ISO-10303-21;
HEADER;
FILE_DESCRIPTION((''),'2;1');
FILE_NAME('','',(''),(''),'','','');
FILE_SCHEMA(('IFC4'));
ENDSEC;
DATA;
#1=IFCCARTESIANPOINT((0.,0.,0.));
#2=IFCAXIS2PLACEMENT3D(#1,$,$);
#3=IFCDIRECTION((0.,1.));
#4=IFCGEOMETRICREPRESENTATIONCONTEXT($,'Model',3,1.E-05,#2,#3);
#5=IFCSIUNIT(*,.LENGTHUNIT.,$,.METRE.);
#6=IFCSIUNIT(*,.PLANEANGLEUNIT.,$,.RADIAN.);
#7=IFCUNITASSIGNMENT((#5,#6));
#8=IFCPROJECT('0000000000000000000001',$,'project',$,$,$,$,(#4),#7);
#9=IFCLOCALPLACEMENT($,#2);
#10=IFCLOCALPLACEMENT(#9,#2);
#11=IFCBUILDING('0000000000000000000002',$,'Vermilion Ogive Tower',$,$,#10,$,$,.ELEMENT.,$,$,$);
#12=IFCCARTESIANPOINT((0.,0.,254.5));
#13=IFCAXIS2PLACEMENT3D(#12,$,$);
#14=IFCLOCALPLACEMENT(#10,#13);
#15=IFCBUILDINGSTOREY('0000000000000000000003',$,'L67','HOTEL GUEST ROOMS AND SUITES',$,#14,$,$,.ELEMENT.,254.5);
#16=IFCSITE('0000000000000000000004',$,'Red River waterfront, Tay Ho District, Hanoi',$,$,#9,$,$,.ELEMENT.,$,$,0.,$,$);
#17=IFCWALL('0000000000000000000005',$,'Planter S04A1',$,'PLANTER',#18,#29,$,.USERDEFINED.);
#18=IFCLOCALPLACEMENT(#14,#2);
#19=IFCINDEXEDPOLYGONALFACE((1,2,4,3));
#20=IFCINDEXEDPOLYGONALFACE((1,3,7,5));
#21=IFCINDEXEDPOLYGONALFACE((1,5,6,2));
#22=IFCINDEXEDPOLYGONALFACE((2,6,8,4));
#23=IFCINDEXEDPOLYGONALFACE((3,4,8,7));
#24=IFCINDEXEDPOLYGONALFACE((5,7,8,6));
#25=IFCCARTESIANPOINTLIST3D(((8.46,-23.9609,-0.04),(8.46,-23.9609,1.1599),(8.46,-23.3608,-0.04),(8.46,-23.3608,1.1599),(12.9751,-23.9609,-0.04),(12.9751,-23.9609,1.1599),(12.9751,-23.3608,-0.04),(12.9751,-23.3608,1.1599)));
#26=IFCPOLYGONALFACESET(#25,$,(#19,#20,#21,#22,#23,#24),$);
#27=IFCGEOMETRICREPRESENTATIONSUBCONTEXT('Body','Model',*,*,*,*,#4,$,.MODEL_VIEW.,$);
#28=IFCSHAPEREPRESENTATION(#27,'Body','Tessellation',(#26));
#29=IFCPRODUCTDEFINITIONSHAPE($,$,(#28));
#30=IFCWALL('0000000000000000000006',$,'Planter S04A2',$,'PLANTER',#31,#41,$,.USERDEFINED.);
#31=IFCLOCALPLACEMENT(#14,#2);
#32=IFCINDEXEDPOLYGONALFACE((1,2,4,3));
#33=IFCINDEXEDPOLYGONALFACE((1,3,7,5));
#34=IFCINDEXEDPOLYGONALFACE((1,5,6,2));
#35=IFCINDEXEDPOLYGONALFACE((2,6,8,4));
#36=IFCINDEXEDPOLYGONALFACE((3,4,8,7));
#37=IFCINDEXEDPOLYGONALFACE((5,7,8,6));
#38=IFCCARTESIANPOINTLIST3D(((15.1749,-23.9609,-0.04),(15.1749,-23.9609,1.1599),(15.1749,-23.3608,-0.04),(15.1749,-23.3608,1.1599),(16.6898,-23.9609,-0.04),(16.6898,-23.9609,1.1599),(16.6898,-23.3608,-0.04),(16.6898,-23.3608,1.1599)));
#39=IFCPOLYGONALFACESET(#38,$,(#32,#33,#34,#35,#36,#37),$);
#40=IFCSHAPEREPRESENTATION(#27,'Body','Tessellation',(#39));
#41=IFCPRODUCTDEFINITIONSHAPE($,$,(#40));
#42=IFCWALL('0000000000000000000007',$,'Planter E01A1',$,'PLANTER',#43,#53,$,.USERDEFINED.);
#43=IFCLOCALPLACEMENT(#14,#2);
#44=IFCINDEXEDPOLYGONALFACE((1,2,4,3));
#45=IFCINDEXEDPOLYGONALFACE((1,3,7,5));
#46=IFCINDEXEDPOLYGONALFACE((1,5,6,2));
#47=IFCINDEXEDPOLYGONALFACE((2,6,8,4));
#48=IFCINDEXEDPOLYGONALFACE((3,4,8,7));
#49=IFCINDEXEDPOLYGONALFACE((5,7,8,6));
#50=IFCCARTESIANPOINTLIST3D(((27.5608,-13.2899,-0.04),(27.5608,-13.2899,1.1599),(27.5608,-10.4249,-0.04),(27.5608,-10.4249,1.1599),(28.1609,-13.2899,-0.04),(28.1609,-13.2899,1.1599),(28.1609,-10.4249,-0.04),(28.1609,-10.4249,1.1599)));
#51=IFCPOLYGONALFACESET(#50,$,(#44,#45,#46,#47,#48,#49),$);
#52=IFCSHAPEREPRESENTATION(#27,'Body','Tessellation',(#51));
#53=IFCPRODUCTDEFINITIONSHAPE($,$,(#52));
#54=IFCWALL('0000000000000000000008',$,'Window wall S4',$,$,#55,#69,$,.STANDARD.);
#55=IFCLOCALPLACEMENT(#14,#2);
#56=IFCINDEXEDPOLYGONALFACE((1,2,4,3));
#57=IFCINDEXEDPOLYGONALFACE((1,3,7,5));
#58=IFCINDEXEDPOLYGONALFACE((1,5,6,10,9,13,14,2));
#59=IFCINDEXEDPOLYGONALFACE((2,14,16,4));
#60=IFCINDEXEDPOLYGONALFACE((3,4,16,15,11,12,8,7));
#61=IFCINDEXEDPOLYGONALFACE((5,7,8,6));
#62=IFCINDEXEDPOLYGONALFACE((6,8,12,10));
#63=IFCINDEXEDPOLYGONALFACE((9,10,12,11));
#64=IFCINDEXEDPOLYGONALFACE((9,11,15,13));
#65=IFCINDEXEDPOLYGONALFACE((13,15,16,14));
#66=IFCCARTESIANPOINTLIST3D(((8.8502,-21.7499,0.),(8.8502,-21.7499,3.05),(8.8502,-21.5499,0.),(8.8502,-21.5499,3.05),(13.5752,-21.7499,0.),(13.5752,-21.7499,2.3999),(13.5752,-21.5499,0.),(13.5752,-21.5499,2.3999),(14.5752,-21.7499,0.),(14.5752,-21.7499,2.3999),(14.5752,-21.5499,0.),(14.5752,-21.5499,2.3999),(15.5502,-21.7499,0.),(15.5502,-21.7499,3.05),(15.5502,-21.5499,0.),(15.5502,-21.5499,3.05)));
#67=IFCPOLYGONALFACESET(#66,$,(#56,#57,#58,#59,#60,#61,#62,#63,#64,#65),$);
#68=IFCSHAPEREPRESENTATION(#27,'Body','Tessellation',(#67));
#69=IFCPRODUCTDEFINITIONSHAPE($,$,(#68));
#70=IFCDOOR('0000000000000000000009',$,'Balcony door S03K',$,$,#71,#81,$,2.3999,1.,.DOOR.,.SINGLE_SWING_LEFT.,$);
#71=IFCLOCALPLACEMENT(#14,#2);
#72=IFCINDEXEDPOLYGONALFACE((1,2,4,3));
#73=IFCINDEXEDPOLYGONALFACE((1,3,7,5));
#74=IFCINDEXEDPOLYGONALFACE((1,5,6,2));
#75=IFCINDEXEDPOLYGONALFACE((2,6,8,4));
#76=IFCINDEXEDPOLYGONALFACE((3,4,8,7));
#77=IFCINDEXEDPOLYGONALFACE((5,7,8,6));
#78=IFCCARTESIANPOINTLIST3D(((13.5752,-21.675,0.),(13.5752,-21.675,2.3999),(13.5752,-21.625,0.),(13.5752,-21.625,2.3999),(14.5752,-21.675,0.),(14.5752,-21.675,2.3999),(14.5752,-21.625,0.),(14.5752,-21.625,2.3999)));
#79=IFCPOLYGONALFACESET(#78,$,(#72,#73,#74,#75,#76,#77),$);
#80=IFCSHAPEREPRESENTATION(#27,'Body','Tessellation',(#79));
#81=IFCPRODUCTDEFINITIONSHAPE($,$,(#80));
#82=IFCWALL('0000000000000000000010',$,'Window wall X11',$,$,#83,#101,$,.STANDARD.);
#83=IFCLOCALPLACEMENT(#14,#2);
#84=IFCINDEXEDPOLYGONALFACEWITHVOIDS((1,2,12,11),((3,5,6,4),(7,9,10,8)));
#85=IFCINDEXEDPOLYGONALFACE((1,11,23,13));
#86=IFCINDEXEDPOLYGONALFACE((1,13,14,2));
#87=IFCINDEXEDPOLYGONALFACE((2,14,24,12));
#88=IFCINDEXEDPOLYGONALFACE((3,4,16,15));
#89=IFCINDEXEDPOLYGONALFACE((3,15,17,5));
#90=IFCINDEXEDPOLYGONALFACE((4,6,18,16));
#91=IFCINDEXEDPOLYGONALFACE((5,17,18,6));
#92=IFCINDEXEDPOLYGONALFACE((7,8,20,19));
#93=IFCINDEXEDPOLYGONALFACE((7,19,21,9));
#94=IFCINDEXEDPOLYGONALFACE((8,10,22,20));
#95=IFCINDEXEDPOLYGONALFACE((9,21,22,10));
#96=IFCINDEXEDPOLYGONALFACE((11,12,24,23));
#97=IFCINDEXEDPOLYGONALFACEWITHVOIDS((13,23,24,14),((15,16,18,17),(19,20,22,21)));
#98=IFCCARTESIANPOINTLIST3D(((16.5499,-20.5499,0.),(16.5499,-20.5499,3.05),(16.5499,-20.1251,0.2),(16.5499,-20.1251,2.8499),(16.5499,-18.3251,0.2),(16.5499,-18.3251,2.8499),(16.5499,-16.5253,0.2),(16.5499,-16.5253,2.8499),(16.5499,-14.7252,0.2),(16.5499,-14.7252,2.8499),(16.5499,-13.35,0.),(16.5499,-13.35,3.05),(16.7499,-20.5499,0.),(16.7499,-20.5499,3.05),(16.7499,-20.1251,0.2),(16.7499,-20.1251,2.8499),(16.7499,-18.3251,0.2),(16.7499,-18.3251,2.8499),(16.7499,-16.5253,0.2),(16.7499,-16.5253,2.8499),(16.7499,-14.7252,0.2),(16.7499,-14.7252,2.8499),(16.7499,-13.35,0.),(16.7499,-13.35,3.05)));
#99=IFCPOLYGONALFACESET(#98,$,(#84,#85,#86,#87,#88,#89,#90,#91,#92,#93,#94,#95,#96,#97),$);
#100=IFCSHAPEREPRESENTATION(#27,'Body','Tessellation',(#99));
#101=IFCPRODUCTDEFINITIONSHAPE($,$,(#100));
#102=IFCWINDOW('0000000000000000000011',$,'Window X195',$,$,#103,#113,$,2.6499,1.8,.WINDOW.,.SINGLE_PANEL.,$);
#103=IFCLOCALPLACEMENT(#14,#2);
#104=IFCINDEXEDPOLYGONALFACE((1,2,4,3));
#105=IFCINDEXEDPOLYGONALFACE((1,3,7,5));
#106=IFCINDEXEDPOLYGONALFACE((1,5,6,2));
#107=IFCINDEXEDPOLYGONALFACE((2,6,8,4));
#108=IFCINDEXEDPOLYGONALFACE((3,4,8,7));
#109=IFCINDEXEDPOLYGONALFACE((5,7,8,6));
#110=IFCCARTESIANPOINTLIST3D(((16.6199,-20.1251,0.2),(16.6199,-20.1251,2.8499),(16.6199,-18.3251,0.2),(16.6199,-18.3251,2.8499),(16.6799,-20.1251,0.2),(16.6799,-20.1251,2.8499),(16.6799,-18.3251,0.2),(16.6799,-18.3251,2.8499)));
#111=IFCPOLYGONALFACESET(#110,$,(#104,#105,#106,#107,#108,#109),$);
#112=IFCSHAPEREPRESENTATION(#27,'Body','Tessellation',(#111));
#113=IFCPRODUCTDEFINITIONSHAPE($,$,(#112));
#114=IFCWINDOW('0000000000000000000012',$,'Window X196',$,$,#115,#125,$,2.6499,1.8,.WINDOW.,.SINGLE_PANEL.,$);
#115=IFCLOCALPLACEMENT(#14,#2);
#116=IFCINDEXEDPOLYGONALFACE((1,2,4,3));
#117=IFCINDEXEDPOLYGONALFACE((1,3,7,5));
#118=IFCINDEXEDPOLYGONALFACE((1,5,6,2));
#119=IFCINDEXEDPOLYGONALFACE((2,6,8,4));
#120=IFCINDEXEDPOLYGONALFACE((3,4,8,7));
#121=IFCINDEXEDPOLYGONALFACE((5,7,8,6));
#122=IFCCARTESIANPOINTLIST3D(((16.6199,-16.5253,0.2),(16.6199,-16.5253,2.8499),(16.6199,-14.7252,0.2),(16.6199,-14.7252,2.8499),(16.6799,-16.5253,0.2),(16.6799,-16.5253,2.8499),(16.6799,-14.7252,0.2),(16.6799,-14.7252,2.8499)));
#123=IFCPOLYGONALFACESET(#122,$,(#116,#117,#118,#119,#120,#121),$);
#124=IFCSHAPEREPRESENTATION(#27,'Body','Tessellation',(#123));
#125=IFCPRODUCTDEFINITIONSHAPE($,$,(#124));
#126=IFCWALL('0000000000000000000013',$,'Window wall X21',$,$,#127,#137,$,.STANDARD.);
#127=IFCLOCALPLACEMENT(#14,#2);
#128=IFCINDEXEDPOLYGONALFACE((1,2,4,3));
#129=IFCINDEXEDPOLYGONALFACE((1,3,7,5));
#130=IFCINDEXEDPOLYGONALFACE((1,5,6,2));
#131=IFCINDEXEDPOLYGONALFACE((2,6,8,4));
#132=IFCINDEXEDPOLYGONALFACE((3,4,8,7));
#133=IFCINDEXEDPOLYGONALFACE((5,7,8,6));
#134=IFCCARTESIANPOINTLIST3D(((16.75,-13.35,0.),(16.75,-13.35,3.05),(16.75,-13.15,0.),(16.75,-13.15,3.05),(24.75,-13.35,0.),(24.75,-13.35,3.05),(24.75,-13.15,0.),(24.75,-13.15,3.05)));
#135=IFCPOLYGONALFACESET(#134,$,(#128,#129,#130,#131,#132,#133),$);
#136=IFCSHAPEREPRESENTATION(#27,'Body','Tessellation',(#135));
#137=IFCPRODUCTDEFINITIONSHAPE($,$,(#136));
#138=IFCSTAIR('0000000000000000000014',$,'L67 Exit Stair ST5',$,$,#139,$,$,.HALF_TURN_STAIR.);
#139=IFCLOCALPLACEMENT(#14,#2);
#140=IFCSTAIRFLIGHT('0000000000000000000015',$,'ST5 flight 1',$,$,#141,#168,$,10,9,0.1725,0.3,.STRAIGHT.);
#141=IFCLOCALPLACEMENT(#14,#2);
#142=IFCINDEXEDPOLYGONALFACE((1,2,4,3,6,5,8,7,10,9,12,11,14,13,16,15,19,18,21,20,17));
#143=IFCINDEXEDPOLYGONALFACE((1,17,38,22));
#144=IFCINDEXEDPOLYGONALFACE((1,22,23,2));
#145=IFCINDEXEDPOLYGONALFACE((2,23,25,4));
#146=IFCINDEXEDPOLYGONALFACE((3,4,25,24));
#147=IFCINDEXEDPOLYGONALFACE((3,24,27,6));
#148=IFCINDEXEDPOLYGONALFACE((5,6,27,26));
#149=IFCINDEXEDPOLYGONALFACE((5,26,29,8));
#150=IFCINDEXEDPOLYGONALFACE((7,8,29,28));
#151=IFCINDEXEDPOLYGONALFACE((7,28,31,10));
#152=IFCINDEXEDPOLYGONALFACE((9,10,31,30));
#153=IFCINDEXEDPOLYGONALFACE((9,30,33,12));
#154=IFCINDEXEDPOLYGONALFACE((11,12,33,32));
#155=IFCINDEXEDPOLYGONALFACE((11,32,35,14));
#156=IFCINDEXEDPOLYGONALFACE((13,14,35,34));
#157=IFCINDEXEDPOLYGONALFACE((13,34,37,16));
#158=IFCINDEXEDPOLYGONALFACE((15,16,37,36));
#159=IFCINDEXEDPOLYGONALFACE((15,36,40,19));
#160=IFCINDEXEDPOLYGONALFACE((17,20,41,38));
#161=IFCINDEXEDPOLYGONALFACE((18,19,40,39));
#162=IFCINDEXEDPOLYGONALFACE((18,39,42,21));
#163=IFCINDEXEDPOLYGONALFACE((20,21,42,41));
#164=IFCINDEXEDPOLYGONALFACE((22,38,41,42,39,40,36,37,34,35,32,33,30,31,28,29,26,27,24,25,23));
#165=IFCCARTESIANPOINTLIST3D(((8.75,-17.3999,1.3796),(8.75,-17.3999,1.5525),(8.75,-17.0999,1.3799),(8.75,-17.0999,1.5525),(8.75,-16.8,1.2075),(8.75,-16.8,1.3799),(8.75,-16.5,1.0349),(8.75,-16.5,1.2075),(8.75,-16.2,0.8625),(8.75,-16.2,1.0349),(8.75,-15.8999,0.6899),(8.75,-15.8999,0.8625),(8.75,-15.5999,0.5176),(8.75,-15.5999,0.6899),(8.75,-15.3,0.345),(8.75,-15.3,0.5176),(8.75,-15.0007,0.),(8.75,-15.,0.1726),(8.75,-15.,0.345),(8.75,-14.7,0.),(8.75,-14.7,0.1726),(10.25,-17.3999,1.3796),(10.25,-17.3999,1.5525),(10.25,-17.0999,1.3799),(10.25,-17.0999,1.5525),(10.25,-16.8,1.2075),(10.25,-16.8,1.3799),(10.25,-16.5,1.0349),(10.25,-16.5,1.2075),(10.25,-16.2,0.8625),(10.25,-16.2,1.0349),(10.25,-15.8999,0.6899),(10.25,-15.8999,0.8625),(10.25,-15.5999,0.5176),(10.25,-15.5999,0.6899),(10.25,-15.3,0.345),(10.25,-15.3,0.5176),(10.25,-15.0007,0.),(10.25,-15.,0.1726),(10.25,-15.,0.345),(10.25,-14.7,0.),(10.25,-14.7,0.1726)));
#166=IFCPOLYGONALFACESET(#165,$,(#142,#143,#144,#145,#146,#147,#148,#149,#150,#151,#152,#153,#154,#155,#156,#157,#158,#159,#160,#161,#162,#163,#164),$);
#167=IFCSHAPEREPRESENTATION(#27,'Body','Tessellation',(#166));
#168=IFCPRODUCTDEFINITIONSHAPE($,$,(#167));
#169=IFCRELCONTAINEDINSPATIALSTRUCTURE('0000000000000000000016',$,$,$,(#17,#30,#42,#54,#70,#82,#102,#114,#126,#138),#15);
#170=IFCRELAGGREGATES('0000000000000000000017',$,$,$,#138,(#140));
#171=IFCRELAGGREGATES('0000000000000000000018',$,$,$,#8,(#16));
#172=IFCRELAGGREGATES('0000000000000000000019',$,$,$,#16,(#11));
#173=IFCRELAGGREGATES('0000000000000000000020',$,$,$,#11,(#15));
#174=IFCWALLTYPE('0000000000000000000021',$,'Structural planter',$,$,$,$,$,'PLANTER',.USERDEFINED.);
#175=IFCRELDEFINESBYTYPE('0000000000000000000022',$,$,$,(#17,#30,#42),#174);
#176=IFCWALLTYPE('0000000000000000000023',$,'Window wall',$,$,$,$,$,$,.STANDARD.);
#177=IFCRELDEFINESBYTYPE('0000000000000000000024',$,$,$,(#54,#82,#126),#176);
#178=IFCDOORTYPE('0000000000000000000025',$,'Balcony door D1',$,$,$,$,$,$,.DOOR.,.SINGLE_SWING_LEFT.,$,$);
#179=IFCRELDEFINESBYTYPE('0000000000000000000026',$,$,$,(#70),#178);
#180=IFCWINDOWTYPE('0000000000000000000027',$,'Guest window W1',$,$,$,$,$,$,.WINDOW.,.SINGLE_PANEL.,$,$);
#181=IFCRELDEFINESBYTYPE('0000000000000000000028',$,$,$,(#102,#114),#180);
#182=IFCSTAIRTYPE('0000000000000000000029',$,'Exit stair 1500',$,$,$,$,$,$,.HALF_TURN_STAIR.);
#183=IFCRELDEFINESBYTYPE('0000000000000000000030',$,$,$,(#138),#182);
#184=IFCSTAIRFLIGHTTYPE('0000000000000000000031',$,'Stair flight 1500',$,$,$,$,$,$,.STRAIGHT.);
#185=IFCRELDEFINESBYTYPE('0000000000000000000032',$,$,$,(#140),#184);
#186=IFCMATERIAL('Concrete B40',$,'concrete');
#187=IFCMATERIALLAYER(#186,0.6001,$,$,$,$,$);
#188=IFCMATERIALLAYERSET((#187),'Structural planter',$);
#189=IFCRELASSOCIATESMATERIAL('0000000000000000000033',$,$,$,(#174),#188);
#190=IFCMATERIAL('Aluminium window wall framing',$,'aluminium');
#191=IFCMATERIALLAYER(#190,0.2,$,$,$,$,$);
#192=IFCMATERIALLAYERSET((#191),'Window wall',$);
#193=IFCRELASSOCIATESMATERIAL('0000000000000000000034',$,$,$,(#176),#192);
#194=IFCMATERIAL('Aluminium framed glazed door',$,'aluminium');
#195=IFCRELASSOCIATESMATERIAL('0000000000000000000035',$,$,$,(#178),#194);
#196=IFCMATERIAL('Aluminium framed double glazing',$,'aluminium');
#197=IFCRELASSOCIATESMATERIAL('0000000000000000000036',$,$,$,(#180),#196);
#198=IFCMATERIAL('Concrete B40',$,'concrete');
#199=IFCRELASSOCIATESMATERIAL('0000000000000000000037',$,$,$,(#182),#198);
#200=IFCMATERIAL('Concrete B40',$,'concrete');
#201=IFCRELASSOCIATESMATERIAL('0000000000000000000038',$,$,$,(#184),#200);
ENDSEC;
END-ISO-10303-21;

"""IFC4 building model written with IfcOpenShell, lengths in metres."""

from ifc_helpers import new_model, si_unit, direction, frame, frame_2d, origin, place, context, subcontext, project, spatial, polyline, rectangle, outline, extrude, material, layer, layer_set, type_object, element, fill, aggregate, save


model = new_model("IFC4")

# Units and contexts
model_context = context("Model", 3, precision=1e-05, world=origin(), true_north=direction((0.0, 1.0)))
body_context = subcontext(model_context, "Body", "Model", "MODEL_VIEW")
ifc_project = project(units=[si_unit("LENGTHUNIT", "METRE"), si_unit("PLANEANGLEUNIT", "RADIAN")], contexts=[model_context])

# Site, building, storey
site_placement = place(None, origin())
site = spatial("IfcSite", under=ifc_project, at=site_placement, Name="Red River waterfront, Tay Ho District, Hanoi", CompositionType="ELEMENT", RefElevation=0.0)
building_placement = place(site_placement, origin())
building = spatial("IfcBuilding", under=site, at=building_placement, Name="Vermilion Ogive Tower", CompositionType="ELEMENT")
storey_placement = place(building_placement, frame((0.0, 0.0, 254.5)))
storey = spatial("IfcBuildingStorey", under=building, at=storey_placement, Name="L67", Description="HOTEL GUEST ROOMS AND SUITES", CompositionType="ELEMENT", Elevation=254.5)

# Walls
ifc_material_1 = material(Name="Concrete B40", Category="concrete")
ifc_layer_1 = layer(ifc_material_1, 0.6001)
ifc_layer_set_1 = layer_set([ifc_layer_1], Name="Structural planter")
wall_type_1 = type_object("IfcWallType", Name="Structural planter", ElementType="PLANTER", PredefinedType="USERDEFINED", material=ifc_layer_set_1)
wall_1_placement = place(storey_placement, frame((8.46, -23.6609, -0.04), z_axis=(0.0, 0.0, 1.0), x_axis=(1.0, 0.0, 0.0)))
element("IfcWall", 1, at=wall_1_placement, inside=storey, type_object=wall_type_1, Name="Planter S04A1", ObjectType="PLANTER", PredefinedType="USERDEFINED", context=body_context, shape_type="SweptSolid", body=[
    extrude(rectangle(XDim=4.5151, YDim=0.6001, at=frame_2d((2.2576, 0.0))), origin(), (0.0, 0.0, 1.0), 1.2),
])
wall_2_placement = place(storey_placement, frame((15.175, -23.6609, -0.04), z_axis=(0.0, 0.0, 1.0), x_axis=(1.0, 0.0, 0.0)))
element("IfcWall", 2, at=wall_2_placement, inside=storey, type_object=wall_type_1, Name="Planter S04A2", ObjectType="PLANTER", PredefinedType="USERDEFINED", context=body_context, shape_type="SweptSolid", body=[
    extrude(rectangle(XDim=1.5149, YDim=0.6001, at=frame_2d((0.7573, 0.0))), origin(), (0.0, 0.0, 1.0), 1.2),
])
wall_3_placement = place(storey_placement, frame((27.8608, -13.29, -0.04), z_axis=(0.0, 0.0, 1.0), x_axis=(0.0, 1.0, 0.0)))
element("IfcWall", 3, at=wall_3_placement, inside=storey, type_object=wall_type_1, Name="Planter E01A1", ObjectType="PLANTER", PredefinedType="USERDEFINED", context=body_context, shape_type="SweptSolid", body=[
    extrude(rectangle(XDim=2.865, YDim=0.6001, at=frame_2d((1.4326, 0.0))), origin(), (0.0, 0.0, 1.0), 1.2),
])

# Wall, opening, door
ifc_material_2 = material(Name="Aluminium window wall framing", Category="aluminium")
ifc_layer_2 = layer(ifc_material_2, 0.2)
ifc_layer_set_2 = layer_set([ifc_layer_2], Name="Window wall")
wall_type_2 = type_object("IfcWallType", Name="Window wall", PredefinedType="STANDARD", material=ifc_layer_set_2)
wall_4_placement = place(storey_placement, frame((8.8501, -21.6499, 0.0), z_axis=(0.0, 0.0, 1.0), x_axis=(1.0, 0.0, 0.0)))
wall_4 = element("IfcWall", 4, at=wall_4_placement, inside=storey, type_object=wall_type_2, Name="Window wall S4", PredefinedType="STANDARD", context=body_context, shape_type="SweptSolid", body=[
    extrude(rectangle(XDim=6.7, YDim=0.2, at=frame_2d((3.3501, 0.0))), origin(), (0.0, 0.0, 1.0), 3.05),
])
opening_1_placement = place(wall_4_placement, frame((4.7251, 0.0, 0.0)))
opening_1 = element("IfcOpeningElement", 5, at=opening_1_placement, cuts=wall_4, PredefinedType="OPENING", context=body_context, shape_type="SweptSolid", body=[
    extrude(rectangle(XDim=1.0, YDim=2.3999, at=frame_2d((0.5, 1.2))), frame((0.0, 0.1099, 0.0), z_axis=(0.0, -1.0, 0.0), x_axis=(1.0, 0.0, 0.0)), (0.0, 0.0, 1.0), 0.22),
])
ifc_material_3 = material(Name="Aluminium framed glazed door", Category="aluminium")
door_type_1 = type_object("IfcDoorType", Name="Balcony door D1", OperationType="SINGLE_SWING_LEFT", PredefinedType="DOOR", material=ifc_material_3)
door_1_placement = place(opening_1_placement, origin())
door_1 = element("IfcDoor", 6, at=door_1_placement, inside=storey, type_object=door_type_1, Name="Balcony door S03K", OperationType="SINGLE_SWING_LEFT", OverallHeight=2.3999, OverallWidth=1.0, PredefinedType="DOOR", context=body_context, shape_type="SweptSolid", body=[
    extrude(rectangle(XDim=1.0, YDim=2.3999, at=frame_2d((0.5, 1.2))), frame((0.0, 0.0249, 0.0), z_axis=(0.0, -1.0, 0.0), x_axis=(1.0, 0.0, 0.0)), (0.0, 0.0, 1.0), 0.05),
])
fill(opening_1, door_1)

# Wall, openings, windows
wall_5_placement = place(storey_placement, frame((16.6499, -20.55, 0.0), z_axis=(0.0, 0.0, 1.0), x_axis=(0.0, 1.0, 0.0)))
wall_5 = element("IfcWall", 7, at=wall_5_placement, inside=storey, type_object=wall_type_2, Name="Window wall X11", PredefinedType="STANDARD", context=body_context, shape_type="SweptSolid", body=[
    extrude(rectangle(XDim=7.2, YDim=0.2, at=frame_2d((3.6001, 0.0))), origin(), (0.0, 0.0, 1.0), 3.05),
])
opening_2_placement = place(wall_5_placement, frame((0.425, 0.0, 0.2)))
opening_2 = element("IfcOpeningElement", 8, at=opening_2_placement, cuts=wall_5, PredefinedType="OPENING", context=body_context, shape_type="SweptSolid", body=[
    extrude(rectangle(XDim=1.8, YDim=2.6499, at=frame_2d((0.8999, 1.325))), frame((0.0, 0.1099, 0.0), z_axis=(0.0, -1.0, 0.0), x_axis=(1.0, 0.0, 0.0)), (0.0, 0.0, 1.0), 0.22),
])
opening_3_placement = place(wall_5_placement, frame((4.0249, 0.0, 0.2)))
opening_3 = element("IfcOpeningElement", 9, at=opening_3_placement, cuts=wall_5, PredefinedType="OPENING", context=body_context, shape_type="SweptSolid", body=[
    extrude(rectangle(XDim=1.8, YDim=2.6499, at=frame_2d((0.8999, 1.325))), frame((0.0, 0.1099, 0.0), z_axis=(0.0, -1.0, 0.0), x_axis=(1.0, 0.0, 0.0)), (0.0, 0.0, 1.0), 0.22),
])
ifc_material_4 = material(Name="Aluminium framed double glazing", Category="aluminium")
window_type = type_object("IfcWindowType", Name="Guest window W1", PartitioningType="SINGLE_PANEL", PredefinedType="WINDOW", material=ifc_material_4)
window_1_placement = place(opening_2_placement, origin())
window_1 = element("IfcWindow", 10, at=window_1_placement, inside=storey, type_object=window_type, Name="Window X195", OverallHeight=2.6499, OverallWidth=1.8, PartitioningType="SINGLE_PANEL", PredefinedType="WINDOW", context=body_context, shape_type="SweptSolid", body=[
    extrude(rectangle(XDim=1.8, YDim=2.6499, at=frame_2d((0.8999, 1.325))), frame((0.0, 0.03, 0.0), z_axis=(0.0, -1.0, 0.0), x_axis=(1.0, 0.0, 0.0)), (0.0, 0.0, 1.0), 0.0601),
])
fill(opening_2, window_1)
window_2_placement = place(opening_3_placement, origin())
window_2 = element("IfcWindow", 11, at=window_2_placement, inside=storey, type_object=window_type, Name="Window X196", OverallHeight=2.6499, OverallWidth=1.8, PartitioningType="SINGLE_PANEL", PredefinedType="WINDOW", context=body_context, shape_type="SweptSolid", body=[
    extrude(rectangle(XDim=1.8, YDim=2.6499, at=frame_2d((0.8999, 1.325))), frame((0.0, 0.03, 0.0), z_axis=(0.0, -1.0, 0.0), x_axis=(1.0, 0.0, 0.0)), (0.0, 0.0, 1.0), 0.0601),
])
fill(opening_3, window_2)

# Wall
wall_6_placement = place(storey_placement, frame((16.75, -13.25, 0.0), z_axis=(0.0, 0.0, 1.0), x_axis=(1.0, 0.0, 0.0)))
element("IfcWall", 12, at=wall_6_placement, inside=storey, type_object=wall_type_2, Name="Window wall X21", PredefinedType="STANDARD", context=body_context, shape_type="SweptSolid", body=[
    extrude(rectangle(XDim=8.0, YDim=0.2, at=frame_2d((4.0, 0.0))), origin(), (0.0, 0.0, 1.0), 3.05),
])

# Stair, stair flight
ifc_material_5 = material(Name="Concrete B40", Category="concrete")
stair_type = type_object("IfcStairType", Name="Exit stair 1500", PredefinedType="HALF_TURN_STAIR", material=ifc_material_5)
stair_placement = place(storey_placement, origin())
stair = element("IfcStair", 13, at=stair_placement, inside=storey, type_object=stair_type, Name="L67 Exit Stair ST5", PredefinedType="HALF_TURN_STAIR")
ifc_material_6 = material(Name="Concrete B40", Category="concrete")
stair_flight_type = type_object("IfcStairFlightType", Name="Stair flight 1500", PredefinedType="STRAIGHT", material=ifc_material_6)
stair_flight_1_placement = place(storey_placement, frame((9.5, -14.7, 0.0), z_axis=(0.0, 0.0, 1.0), x_axis=(0.0, -1.0, 0.0)))
stair_flight_1 = element("IfcStairFlight", 14, at=stair_flight_1_placement, type_object=stair_flight_type, Name="ST5 flight 1", NumberOfRisers=10, NumberOfTreads=9, PredefinedType="STRAIGHT", RiserHeight=0.1725, TreadLength=0.3, context=body_context, shape_type="SweptSolid", body=[
    extrude(outline(polyline([(0.0, 0.0), (0.0, 0.1726), (0.3, 0.1726), (0.3, 0.345), (0.6001, 0.345), (0.6001, 0.5176), (0.8999, 0.5176), (0.8999, 0.6899), (1.2, 0.6899), (1.2, 0.8625), (1.5, 0.8625), (1.5, 1.0349), (1.8, 1.0349), (1.8, 1.2075), (2.1001, 1.2075), (2.1001, 1.3799), (2.3999, 1.3799), (2.3999, 1.5525), (2.7, 1.5525), (2.7, 1.7251), (2.7, 1.3796), (0.3008, 0.0), (0.0, 0.0)])), frame((0.0, 0.75, 0.0), z_axis=(0.0, -1.0, 0.0), x_axis=(1.0, 0.0, 0.0)), (0.0, 0.0, 1.0), 1.5),
])
aggregate(stair, [stair_flight_1])

save(model, "model.ifc")
